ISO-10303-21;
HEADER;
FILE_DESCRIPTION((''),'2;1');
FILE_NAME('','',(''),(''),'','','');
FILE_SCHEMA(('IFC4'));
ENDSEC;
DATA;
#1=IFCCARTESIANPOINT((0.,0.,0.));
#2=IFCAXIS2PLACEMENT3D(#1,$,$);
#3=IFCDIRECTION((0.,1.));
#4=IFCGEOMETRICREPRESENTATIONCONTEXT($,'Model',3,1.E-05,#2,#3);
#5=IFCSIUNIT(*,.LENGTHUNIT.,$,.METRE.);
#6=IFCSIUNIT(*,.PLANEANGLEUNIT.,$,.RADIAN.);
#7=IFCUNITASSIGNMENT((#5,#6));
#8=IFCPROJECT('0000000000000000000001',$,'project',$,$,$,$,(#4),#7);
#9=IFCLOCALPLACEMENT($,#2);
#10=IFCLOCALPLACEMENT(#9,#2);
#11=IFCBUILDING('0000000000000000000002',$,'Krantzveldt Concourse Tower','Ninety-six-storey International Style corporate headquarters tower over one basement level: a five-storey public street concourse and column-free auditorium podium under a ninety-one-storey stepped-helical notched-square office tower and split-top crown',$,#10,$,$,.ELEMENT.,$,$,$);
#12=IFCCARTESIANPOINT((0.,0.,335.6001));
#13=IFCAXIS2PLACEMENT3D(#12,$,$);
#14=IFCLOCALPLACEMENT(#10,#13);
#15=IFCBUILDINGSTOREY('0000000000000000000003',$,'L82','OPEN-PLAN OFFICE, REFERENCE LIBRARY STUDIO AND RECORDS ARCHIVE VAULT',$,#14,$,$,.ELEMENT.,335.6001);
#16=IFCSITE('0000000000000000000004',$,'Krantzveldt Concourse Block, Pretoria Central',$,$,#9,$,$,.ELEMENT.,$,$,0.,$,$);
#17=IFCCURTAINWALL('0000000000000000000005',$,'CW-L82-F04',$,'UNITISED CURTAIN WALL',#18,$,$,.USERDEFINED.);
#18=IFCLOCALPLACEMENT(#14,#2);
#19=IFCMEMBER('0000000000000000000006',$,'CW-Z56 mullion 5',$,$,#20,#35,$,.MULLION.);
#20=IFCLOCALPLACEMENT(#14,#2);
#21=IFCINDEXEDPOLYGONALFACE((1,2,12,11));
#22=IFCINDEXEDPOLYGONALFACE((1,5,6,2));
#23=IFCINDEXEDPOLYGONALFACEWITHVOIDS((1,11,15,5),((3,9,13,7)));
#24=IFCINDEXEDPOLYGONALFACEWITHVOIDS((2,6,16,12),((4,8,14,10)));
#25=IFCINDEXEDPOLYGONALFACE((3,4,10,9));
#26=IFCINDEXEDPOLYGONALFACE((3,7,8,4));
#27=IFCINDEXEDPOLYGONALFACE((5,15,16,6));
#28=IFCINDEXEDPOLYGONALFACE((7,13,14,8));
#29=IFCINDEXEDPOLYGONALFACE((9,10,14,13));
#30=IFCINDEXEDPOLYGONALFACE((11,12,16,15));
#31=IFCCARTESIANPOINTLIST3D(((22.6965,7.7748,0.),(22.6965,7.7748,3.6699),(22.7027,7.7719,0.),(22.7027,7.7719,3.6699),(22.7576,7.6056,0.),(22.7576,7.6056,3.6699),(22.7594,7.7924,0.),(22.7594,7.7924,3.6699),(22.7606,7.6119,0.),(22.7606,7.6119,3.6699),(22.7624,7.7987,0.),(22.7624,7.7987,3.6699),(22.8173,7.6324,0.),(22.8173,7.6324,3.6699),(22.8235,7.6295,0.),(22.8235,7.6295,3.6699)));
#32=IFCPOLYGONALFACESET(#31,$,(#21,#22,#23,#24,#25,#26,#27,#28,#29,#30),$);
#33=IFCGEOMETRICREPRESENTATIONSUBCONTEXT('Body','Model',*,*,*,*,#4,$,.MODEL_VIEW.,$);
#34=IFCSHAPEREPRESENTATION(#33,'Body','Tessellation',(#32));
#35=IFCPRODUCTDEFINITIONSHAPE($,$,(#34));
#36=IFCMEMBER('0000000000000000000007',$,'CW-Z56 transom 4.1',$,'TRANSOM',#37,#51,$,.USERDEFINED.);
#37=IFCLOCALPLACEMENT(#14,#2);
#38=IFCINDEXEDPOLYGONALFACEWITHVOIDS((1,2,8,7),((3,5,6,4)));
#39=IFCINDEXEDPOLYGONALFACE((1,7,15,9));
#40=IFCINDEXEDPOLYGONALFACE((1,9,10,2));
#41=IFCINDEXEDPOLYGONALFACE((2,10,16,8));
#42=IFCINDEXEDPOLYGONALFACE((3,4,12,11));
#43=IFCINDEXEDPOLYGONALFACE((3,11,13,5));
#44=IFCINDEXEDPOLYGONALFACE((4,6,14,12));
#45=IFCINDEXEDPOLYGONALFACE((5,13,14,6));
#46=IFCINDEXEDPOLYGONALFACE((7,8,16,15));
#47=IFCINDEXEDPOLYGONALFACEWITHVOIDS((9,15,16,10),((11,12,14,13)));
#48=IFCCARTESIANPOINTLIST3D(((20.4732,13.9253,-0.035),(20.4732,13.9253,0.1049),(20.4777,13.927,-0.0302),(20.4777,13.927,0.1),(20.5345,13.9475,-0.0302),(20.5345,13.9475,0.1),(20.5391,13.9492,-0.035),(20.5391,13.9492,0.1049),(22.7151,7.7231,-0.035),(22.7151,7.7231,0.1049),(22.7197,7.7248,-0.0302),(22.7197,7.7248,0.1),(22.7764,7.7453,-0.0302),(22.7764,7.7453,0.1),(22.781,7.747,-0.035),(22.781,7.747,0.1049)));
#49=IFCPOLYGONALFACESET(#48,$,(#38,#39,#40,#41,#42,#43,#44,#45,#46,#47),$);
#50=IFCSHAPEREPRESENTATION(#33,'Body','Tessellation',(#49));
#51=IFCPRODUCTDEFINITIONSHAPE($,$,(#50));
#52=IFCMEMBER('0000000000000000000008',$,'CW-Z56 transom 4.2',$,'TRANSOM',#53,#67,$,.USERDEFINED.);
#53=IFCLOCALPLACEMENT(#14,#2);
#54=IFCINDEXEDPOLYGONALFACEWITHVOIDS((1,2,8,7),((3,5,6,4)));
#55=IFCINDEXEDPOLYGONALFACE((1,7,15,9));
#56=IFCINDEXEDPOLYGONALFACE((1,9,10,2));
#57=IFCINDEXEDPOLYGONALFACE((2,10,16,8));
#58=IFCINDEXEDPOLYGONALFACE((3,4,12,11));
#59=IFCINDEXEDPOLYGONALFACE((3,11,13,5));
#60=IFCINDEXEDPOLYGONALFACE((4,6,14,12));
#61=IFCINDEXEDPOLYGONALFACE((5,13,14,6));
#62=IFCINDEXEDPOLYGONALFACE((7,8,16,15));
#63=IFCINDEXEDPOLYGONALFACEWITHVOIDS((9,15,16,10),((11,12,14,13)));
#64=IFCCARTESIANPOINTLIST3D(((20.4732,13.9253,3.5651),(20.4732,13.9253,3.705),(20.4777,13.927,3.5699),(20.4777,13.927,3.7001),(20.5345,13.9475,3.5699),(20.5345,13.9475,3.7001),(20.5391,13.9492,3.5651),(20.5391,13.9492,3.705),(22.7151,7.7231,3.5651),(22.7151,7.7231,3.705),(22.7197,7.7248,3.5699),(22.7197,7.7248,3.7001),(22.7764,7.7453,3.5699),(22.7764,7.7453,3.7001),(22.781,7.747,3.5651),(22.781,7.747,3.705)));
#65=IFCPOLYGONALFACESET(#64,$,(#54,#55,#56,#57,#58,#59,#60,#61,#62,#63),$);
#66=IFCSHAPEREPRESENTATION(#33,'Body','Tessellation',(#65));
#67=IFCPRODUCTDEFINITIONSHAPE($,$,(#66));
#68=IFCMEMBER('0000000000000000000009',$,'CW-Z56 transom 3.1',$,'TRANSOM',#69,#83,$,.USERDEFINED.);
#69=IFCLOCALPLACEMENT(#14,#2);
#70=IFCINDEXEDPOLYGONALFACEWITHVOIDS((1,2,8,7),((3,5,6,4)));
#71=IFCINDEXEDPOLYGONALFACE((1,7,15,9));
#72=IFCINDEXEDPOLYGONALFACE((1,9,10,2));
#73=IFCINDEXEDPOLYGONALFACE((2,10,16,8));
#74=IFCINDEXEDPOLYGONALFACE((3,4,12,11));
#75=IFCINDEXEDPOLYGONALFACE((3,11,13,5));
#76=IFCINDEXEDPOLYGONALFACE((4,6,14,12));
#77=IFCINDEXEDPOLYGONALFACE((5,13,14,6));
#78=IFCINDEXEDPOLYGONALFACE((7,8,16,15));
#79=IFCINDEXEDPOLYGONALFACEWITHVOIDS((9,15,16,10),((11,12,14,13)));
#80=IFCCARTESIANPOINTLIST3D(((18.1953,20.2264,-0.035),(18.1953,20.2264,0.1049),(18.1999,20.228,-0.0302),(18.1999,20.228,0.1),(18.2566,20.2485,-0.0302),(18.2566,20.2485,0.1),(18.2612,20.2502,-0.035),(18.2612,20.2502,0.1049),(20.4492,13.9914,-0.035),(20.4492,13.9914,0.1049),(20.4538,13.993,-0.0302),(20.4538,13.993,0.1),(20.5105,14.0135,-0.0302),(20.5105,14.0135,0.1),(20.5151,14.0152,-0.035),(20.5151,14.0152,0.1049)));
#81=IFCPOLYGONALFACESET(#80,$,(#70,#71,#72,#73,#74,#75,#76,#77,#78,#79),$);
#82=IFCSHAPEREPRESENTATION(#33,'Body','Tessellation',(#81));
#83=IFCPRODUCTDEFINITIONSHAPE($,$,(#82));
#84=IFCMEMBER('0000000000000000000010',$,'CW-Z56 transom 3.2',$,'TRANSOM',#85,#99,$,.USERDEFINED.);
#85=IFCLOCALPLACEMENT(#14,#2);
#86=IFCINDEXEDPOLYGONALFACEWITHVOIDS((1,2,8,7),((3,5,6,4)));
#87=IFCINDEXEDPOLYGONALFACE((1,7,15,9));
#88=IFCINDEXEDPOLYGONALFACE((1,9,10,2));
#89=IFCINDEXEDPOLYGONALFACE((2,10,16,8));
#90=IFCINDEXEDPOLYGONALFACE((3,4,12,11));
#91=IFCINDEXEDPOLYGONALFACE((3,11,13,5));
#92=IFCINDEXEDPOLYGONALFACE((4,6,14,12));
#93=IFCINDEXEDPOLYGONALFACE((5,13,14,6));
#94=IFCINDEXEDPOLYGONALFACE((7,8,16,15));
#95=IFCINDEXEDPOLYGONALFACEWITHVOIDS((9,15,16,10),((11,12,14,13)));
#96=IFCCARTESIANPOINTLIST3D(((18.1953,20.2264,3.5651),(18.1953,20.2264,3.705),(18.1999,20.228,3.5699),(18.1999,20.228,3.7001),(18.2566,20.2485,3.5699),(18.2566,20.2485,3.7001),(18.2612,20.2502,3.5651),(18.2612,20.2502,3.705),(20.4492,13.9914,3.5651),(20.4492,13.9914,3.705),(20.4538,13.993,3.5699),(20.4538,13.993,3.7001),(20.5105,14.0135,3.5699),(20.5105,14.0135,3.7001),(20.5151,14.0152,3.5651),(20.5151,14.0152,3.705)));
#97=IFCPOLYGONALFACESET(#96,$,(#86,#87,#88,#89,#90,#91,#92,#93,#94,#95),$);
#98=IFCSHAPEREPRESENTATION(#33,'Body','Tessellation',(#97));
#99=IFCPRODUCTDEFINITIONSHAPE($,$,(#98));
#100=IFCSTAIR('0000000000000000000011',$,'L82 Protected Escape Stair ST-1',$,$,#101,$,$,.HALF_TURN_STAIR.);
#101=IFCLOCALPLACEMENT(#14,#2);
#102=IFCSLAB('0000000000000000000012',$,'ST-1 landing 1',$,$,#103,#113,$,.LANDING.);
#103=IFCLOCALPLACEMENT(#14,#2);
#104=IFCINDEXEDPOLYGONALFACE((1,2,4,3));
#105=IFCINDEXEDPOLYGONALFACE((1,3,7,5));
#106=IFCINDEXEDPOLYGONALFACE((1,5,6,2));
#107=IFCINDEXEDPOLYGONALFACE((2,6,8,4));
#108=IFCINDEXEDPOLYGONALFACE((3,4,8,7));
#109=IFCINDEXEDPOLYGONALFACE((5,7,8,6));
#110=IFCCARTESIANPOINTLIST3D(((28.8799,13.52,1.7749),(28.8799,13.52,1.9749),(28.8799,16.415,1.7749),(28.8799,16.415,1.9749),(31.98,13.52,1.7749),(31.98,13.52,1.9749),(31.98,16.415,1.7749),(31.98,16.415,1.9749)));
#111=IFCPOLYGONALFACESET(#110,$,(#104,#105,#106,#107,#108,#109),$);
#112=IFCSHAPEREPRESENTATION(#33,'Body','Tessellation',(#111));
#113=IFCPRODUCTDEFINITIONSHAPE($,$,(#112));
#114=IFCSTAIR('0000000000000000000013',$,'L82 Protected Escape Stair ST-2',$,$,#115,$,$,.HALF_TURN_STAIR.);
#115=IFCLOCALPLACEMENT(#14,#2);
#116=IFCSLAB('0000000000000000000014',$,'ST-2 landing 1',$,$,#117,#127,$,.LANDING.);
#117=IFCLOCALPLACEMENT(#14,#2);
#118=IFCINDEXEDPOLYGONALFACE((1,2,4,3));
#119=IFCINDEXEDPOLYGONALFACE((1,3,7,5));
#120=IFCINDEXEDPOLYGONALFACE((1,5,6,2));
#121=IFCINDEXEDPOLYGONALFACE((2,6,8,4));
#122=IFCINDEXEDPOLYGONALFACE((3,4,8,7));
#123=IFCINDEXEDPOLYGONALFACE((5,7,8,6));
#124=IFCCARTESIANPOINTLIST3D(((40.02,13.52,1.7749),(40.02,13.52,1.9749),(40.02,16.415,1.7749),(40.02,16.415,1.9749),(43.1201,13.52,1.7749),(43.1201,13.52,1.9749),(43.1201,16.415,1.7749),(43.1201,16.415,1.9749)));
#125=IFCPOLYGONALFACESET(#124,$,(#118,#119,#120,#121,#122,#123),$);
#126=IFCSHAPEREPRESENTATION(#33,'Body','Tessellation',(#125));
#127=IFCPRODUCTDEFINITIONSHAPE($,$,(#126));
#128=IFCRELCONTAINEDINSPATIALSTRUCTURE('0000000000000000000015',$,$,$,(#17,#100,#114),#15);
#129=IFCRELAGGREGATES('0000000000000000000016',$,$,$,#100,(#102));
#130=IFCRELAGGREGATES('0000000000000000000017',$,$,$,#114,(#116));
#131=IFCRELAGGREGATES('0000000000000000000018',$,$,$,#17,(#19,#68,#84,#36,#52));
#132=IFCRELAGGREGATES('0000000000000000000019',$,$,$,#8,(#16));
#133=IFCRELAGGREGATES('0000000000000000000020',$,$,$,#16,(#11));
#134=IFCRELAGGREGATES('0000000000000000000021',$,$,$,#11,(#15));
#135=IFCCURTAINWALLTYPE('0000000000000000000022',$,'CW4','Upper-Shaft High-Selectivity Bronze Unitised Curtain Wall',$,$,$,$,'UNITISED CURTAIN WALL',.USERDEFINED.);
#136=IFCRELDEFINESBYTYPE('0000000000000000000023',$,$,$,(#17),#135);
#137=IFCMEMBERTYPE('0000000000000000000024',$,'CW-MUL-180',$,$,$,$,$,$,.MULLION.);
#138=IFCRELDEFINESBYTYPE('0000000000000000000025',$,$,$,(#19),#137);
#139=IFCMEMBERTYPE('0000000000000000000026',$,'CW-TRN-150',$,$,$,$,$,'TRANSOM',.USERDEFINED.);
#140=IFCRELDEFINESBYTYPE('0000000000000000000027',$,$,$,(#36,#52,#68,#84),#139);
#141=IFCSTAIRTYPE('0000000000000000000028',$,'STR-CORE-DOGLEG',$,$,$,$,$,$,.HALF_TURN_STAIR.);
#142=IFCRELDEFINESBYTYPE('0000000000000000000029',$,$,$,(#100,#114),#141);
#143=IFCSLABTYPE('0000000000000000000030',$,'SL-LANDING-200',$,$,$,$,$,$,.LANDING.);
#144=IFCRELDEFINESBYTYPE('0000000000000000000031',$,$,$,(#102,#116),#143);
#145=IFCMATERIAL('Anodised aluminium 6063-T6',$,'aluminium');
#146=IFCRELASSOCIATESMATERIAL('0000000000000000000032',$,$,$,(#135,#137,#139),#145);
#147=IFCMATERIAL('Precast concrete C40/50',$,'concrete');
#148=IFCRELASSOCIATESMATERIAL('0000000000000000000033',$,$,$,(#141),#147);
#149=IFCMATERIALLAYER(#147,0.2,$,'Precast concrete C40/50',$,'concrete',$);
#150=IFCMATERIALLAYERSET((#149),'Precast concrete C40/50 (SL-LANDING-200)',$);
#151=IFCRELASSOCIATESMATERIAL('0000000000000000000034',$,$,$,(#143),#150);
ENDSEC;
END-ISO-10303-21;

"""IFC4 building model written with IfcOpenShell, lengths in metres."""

from ifc_helpers import new_model, si_unit, direction, frame, origin, origin_2d, place, context, subcontext, project, spatial, polyline, hollow_rectangle, outline, extrude, source, transform, mapped, material, layer, layer_set, material_profile, profile_set, type_object, type_shapes, element, aggregate, save


model = new_model("IFC4")

# Units and contexts
model_context = context("Model", 3, precision=1e-05, world=origin(), true_north=direction((0.0, 1.0)))
body_context = subcontext(model_context, "Body", "Model", "MODEL_VIEW")
ifc_project = project(units=[si_unit("LENGTHUNIT", "METRE"), si_unit("PLANEANGLEUNIT", "RADIAN")], contexts=[model_context])

# Site, building, storey
site_placement = place(None, origin())
site = spatial("IfcSite", under=ifc_project, at=site_placement, Name="Krantzveldt Concourse Block, Pretoria Central", CompositionType="ELEMENT", RefElevation=0.0)
building_placement = place(site_placement, origin())
building = spatial("IfcBuilding", under=site, at=building_placement, Name="Krantzveldt Concourse Tower", Description="Ninety-six-storey International Style corporate headquarters tower over one basement level: a five-storey public street concourse and column-free auditorium podium under a ninety-one-storey stepped-helical notched-square office tower and split-top crown", CompositionType="ELEMENT")
storey_placement = place(building_placement, frame((0.0, 0.0, 335.6001)))
storey = spatial("IfcBuildingStorey", under=building, at=storey_placement, Name="L82", Description="OPEN-PLAN OFFICE, REFERENCE LIBRARY STUDIO AND RECORDS ARCHIVE VAULT", CompositionType="ELEMENT", Elevation=335.6001)

# Curtain wall, members
ifc_material_1 = material(Name="Anodised aluminium 6063-T6", Category="aluminium")
curtain_wall_type = type_object("IfcCurtainWallType", Name="CW4", Description="Upper-Shaft High-Selectivity Bronze Unitised Curtain Wall", ElementType="UNITISED CURTAIN WALL", PredefinedType="USERDEFINED", material=ifc_material_1)
curtain_wall_placement = place(storey_placement, origin())
curtain_wall = element("IfcCurtainWall", 1, at=curtain_wall_placement, inside=storey, type_object=curtain_wall_type, Name="CW-L82-F04", ObjectType="UNITISED CURTAIN WALL", PredefinedType="USERDEFINED")
ifc_material_profile_1 = material_profile(ifc_material_1, hollow_rectangle(XDim=0.0701, YDim=0.1799, WallThickness=0.0049, at=origin_2d()), Name="Anodised aluminium 6063-T6", Category="aluminium")
ifc_profile_set_1 = profile_set([ifc_material_profile_1], Name="Anodised aluminium 6063-T6 - ALU-MULL 180x70x5")
member_type_1 = type_object("IfcMemberType", Name="CW-MUL-180", PredefinedType="MULLION", material=ifc_profile_set_1)
shared_shape_1 = source(origin(), body_context, "Body", "SweptSolid", [
    extrude(hollow_rectangle(XDim=0.0701, YDim=0.1799, WallThickness=0.0049, at=origin_2d()), origin(), (0.0, 0.0, 1.0), 3.6699),
])
type_shapes(member_type_1, [shared_shape_1])
member_1_placement = place(storey_placement, frame((22.76, 7.7021, 0.0), z_axis=(0.0, 0.0, 1.0), x_axis=(0.940437, 0.339969, 0.0)))
member_1 = element("IfcMember", 2, at=member_1_placement, type_object=member_type_1, Name="CW-Z56 mullion 5", PredefinedType="MULLION", context=body_context, shape_type="MappedRepresentation", body=[
    mapped(shared_shape_1, transform((0.0, 0.0, 0.0), x_axis=(1.0, 0.0, 0.0), y_axis=(0.0, 1.0, 0.0), z_axis=(0.0, 0.0, 1.0), scale=1.0)),
])
ifc_material_profile_2 = material_profile(ifc_material_1, hollow_rectangle(XDim=0.0701, YDim=0.1399, WallThickness=0.0049, at=origin_2d()), Name="Anodised aluminium 6063-T6", Category="aluminium")
ifc_profile_set_2 = profile_set([ifc_material_profile_2], Name="Anodised aluminium 6063-T6 - ALU-TRAN 140x70x5")
member_type_2 = type_object("IfcMemberType", Name="CW-TRN-150", ElementType="TRANSOM", PredefinedType="USERDEFINED", material=ifc_profile_set_2)
shared_shape_2 = source(origin(), body_context, "Body", "SweptSolid", [
    extrude(hollow_rectangle(XDim=0.0701, YDim=0.1399, WallThickness=0.0049, at=origin_2d()), origin(), (0.0, 0.0, 1.0), 6.595),
])
member_2_placement = place(storey_placement, frame((20.5061, 13.9373, 0.0349), z_axis=(0.33995, -0.940443, 0.0), x_axis=(0.940443, 0.33995, 0.0)))
member_2 = element("IfcMember", 3, at=member_2_placement, type_object=member_type_2, Name="CW-Z56 transom 4.1", ObjectType="TRANSOM", PredefinedType="USERDEFINED", context=body_context, shape_type="MappedRepresentation", body=[
    mapped(shared_shape_2, transform((0.0, 0.0, 0.0), x_axis=(1.0, 0.0, 0.0), y_axis=(0.0, 1.0, 0.0), z_axis=(0.0, 0.0, 1.0), scale=1.0)),
])
member_3_placement = place(storey_placement, frame((20.5061, 13.9373, 3.635), z_axis=(0.33995, -0.940443, 0.0), x_axis=(0.940443, 0.33995, 0.0)))
member_3 = element("IfcMember", 4, at=member_3_placement, type_object=member_type_2, Name="CW-Z56 transom 4.2", ObjectType="TRANSOM", PredefinedType="USERDEFINED", context=body_context, shape_type="MappedRepresentation", body=[
    mapped(shared_shape_2, transform((0.0, 0.0, 0.0), x_axis=(1.0, 0.0, 0.0), y_axis=(0.0, 1.0, 0.0), z_axis=(0.0, 0.0, 1.0), scale=1.0)),
])
shared_shape_3 = source(origin(), body_context, "Body", "SweptSolid", [
    extrude(hollow_rectangle(XDim=0.0701, YDim=0.1399, WallThickness=0.0049, at=origin_2d()), origin(), (0.0, 0.0, 1.0), 6.6299),
])
type_shapes(member_type_2, [shared_shape_2, shared_shape_3])
member_4_placement = place(storey_placement, frame((18.2283, 20.2383, 0.0349), z_axis=(0.339957, -0.940441, 0.0), x_axis=(0.940441, 0.339957, 0.0)))
member_4 = element("IfcMember", 5, at=member_4_placement, type_object=member_type_2, Name="CW-Z56 transom 3.1", ObjectType="TRANSOM", PredefinedType="USERDEFINED", context=body_context, shape_type="MappedRepresentation", body=[
    mapped(shared_shape_3, transform((0.0, 0.0, 0.0), x_axis=(1.0, 0.0, 0.0), y_axis=(0.0, 1.0, 0.0), z_axis=(0.0, 0.0, 1.0), scale=1.0)),
])
member_5_placement = place(storey_placement, frame((18.2283, 20.2383, 3.635), z_axis=(0.339957, -0.940441, 0.0), x_axis=(0.940441, 0.339957, 0.0)))
member_5 = element("IfcMember", 6, at=member_5_placement, type_object=member_type_2, Name="CW-Z56 transom 3.2", ObjectType="TRANSOM", PredefinedType="USERDEFINED", context=body_context, shape_type="MappedRepresentation", body=[
    mapped(shared_shape_3, transform((0.0, 0.0, 0.0), x_axis=(1.0, 0.0, 0.0), y_axis=(0.0, 1.0, 0.0), z_axis=(0.0, 0.0, 1.0), scale=1.0)),
])

# Stairs, slabs
ifc_material_2 = material(Name="Precast concrete C40/50", Category="concrete")
stair_type = type_object("IfcStairType", Name="STR-CORE-DOGLEG", PredefinedType="HALF_TURN_STAIR", material=ifc_material_2)
stair_1_placement = place(storey_placement, origin())
stair_1 = element("IfcStair", 7, at=stair_1_placement, inside=storey, type_object=stair_type, Name="L82 Protected Escape Stair ST-1", PredefinedType="HALF_TURN_STAIR")
ifc_layer_1 = layer(ifc_material_2, 0.2, Name="Precast concrete C40/50", Category="concrete")
ifc_layer_set_1 = layer_set([ifc_layer_1], Name="Precast concrete C40/50 (SL-LANDING-200)")
slab_type_1 = type_object("IfcSlabType", Name="SL-LANDING-200", PredefinedType="LANDING", material=ifc_layer_set_1)
slab_1_placement = place(storey_placement, frame((0.0, 0.0, 1.7749)))
slab_1 = element("IfcSlab", 8, at=slab_1_placement, type_object=slab_type_1, Name="ST-1 landing 1", PredefinedType="LANDING", context=body_context, shape_type="SweptSolid", body=[
    extrude(outline(polyline([(28.8799, 16.415), (28.8799, 13.52), (31.98, 13.52), (31.98, 16.415), (28.8799, 16.415)])), origin(), (0.0, 0.0, 1.0), 0.2),
])
aggregate(stair_1, [slab_1])
stair_2_placement = place(storey_placement, origin())
stair_2 = element("IfcStair", 9, at=stair_2_placement, inside=storey, type_object=stair_type, Name="L82 Protected Escape Stair ST-2", PredefinedType="HALF_TURN_STAIR")
slab_2_placement = place(storey_placement, frame((0.0, 0.0, 1.7749)))
slab_2 = element("IfcSlab", 10, at=slab_2_placement, type_object=slab_type_1, Name="ST-2 landing 1", PredefinedType="LANDING", context=body_context, shape_type="SweptSolid", body=[
    extrude(outline(polyline([(40.02, 16.415), (40.02, 13.52), (43.1201, 13.52), (43.1201, 16.415), (40.02, 16.415)])), origin(), (0.0, 0.0, 1.0), 0.2),
])
aggregate(stair_2, [slab_2])

aggregate(curtain_wall, [member_1, member_4, member_5, member_2, member_3])

save(model, "model.ifc")
